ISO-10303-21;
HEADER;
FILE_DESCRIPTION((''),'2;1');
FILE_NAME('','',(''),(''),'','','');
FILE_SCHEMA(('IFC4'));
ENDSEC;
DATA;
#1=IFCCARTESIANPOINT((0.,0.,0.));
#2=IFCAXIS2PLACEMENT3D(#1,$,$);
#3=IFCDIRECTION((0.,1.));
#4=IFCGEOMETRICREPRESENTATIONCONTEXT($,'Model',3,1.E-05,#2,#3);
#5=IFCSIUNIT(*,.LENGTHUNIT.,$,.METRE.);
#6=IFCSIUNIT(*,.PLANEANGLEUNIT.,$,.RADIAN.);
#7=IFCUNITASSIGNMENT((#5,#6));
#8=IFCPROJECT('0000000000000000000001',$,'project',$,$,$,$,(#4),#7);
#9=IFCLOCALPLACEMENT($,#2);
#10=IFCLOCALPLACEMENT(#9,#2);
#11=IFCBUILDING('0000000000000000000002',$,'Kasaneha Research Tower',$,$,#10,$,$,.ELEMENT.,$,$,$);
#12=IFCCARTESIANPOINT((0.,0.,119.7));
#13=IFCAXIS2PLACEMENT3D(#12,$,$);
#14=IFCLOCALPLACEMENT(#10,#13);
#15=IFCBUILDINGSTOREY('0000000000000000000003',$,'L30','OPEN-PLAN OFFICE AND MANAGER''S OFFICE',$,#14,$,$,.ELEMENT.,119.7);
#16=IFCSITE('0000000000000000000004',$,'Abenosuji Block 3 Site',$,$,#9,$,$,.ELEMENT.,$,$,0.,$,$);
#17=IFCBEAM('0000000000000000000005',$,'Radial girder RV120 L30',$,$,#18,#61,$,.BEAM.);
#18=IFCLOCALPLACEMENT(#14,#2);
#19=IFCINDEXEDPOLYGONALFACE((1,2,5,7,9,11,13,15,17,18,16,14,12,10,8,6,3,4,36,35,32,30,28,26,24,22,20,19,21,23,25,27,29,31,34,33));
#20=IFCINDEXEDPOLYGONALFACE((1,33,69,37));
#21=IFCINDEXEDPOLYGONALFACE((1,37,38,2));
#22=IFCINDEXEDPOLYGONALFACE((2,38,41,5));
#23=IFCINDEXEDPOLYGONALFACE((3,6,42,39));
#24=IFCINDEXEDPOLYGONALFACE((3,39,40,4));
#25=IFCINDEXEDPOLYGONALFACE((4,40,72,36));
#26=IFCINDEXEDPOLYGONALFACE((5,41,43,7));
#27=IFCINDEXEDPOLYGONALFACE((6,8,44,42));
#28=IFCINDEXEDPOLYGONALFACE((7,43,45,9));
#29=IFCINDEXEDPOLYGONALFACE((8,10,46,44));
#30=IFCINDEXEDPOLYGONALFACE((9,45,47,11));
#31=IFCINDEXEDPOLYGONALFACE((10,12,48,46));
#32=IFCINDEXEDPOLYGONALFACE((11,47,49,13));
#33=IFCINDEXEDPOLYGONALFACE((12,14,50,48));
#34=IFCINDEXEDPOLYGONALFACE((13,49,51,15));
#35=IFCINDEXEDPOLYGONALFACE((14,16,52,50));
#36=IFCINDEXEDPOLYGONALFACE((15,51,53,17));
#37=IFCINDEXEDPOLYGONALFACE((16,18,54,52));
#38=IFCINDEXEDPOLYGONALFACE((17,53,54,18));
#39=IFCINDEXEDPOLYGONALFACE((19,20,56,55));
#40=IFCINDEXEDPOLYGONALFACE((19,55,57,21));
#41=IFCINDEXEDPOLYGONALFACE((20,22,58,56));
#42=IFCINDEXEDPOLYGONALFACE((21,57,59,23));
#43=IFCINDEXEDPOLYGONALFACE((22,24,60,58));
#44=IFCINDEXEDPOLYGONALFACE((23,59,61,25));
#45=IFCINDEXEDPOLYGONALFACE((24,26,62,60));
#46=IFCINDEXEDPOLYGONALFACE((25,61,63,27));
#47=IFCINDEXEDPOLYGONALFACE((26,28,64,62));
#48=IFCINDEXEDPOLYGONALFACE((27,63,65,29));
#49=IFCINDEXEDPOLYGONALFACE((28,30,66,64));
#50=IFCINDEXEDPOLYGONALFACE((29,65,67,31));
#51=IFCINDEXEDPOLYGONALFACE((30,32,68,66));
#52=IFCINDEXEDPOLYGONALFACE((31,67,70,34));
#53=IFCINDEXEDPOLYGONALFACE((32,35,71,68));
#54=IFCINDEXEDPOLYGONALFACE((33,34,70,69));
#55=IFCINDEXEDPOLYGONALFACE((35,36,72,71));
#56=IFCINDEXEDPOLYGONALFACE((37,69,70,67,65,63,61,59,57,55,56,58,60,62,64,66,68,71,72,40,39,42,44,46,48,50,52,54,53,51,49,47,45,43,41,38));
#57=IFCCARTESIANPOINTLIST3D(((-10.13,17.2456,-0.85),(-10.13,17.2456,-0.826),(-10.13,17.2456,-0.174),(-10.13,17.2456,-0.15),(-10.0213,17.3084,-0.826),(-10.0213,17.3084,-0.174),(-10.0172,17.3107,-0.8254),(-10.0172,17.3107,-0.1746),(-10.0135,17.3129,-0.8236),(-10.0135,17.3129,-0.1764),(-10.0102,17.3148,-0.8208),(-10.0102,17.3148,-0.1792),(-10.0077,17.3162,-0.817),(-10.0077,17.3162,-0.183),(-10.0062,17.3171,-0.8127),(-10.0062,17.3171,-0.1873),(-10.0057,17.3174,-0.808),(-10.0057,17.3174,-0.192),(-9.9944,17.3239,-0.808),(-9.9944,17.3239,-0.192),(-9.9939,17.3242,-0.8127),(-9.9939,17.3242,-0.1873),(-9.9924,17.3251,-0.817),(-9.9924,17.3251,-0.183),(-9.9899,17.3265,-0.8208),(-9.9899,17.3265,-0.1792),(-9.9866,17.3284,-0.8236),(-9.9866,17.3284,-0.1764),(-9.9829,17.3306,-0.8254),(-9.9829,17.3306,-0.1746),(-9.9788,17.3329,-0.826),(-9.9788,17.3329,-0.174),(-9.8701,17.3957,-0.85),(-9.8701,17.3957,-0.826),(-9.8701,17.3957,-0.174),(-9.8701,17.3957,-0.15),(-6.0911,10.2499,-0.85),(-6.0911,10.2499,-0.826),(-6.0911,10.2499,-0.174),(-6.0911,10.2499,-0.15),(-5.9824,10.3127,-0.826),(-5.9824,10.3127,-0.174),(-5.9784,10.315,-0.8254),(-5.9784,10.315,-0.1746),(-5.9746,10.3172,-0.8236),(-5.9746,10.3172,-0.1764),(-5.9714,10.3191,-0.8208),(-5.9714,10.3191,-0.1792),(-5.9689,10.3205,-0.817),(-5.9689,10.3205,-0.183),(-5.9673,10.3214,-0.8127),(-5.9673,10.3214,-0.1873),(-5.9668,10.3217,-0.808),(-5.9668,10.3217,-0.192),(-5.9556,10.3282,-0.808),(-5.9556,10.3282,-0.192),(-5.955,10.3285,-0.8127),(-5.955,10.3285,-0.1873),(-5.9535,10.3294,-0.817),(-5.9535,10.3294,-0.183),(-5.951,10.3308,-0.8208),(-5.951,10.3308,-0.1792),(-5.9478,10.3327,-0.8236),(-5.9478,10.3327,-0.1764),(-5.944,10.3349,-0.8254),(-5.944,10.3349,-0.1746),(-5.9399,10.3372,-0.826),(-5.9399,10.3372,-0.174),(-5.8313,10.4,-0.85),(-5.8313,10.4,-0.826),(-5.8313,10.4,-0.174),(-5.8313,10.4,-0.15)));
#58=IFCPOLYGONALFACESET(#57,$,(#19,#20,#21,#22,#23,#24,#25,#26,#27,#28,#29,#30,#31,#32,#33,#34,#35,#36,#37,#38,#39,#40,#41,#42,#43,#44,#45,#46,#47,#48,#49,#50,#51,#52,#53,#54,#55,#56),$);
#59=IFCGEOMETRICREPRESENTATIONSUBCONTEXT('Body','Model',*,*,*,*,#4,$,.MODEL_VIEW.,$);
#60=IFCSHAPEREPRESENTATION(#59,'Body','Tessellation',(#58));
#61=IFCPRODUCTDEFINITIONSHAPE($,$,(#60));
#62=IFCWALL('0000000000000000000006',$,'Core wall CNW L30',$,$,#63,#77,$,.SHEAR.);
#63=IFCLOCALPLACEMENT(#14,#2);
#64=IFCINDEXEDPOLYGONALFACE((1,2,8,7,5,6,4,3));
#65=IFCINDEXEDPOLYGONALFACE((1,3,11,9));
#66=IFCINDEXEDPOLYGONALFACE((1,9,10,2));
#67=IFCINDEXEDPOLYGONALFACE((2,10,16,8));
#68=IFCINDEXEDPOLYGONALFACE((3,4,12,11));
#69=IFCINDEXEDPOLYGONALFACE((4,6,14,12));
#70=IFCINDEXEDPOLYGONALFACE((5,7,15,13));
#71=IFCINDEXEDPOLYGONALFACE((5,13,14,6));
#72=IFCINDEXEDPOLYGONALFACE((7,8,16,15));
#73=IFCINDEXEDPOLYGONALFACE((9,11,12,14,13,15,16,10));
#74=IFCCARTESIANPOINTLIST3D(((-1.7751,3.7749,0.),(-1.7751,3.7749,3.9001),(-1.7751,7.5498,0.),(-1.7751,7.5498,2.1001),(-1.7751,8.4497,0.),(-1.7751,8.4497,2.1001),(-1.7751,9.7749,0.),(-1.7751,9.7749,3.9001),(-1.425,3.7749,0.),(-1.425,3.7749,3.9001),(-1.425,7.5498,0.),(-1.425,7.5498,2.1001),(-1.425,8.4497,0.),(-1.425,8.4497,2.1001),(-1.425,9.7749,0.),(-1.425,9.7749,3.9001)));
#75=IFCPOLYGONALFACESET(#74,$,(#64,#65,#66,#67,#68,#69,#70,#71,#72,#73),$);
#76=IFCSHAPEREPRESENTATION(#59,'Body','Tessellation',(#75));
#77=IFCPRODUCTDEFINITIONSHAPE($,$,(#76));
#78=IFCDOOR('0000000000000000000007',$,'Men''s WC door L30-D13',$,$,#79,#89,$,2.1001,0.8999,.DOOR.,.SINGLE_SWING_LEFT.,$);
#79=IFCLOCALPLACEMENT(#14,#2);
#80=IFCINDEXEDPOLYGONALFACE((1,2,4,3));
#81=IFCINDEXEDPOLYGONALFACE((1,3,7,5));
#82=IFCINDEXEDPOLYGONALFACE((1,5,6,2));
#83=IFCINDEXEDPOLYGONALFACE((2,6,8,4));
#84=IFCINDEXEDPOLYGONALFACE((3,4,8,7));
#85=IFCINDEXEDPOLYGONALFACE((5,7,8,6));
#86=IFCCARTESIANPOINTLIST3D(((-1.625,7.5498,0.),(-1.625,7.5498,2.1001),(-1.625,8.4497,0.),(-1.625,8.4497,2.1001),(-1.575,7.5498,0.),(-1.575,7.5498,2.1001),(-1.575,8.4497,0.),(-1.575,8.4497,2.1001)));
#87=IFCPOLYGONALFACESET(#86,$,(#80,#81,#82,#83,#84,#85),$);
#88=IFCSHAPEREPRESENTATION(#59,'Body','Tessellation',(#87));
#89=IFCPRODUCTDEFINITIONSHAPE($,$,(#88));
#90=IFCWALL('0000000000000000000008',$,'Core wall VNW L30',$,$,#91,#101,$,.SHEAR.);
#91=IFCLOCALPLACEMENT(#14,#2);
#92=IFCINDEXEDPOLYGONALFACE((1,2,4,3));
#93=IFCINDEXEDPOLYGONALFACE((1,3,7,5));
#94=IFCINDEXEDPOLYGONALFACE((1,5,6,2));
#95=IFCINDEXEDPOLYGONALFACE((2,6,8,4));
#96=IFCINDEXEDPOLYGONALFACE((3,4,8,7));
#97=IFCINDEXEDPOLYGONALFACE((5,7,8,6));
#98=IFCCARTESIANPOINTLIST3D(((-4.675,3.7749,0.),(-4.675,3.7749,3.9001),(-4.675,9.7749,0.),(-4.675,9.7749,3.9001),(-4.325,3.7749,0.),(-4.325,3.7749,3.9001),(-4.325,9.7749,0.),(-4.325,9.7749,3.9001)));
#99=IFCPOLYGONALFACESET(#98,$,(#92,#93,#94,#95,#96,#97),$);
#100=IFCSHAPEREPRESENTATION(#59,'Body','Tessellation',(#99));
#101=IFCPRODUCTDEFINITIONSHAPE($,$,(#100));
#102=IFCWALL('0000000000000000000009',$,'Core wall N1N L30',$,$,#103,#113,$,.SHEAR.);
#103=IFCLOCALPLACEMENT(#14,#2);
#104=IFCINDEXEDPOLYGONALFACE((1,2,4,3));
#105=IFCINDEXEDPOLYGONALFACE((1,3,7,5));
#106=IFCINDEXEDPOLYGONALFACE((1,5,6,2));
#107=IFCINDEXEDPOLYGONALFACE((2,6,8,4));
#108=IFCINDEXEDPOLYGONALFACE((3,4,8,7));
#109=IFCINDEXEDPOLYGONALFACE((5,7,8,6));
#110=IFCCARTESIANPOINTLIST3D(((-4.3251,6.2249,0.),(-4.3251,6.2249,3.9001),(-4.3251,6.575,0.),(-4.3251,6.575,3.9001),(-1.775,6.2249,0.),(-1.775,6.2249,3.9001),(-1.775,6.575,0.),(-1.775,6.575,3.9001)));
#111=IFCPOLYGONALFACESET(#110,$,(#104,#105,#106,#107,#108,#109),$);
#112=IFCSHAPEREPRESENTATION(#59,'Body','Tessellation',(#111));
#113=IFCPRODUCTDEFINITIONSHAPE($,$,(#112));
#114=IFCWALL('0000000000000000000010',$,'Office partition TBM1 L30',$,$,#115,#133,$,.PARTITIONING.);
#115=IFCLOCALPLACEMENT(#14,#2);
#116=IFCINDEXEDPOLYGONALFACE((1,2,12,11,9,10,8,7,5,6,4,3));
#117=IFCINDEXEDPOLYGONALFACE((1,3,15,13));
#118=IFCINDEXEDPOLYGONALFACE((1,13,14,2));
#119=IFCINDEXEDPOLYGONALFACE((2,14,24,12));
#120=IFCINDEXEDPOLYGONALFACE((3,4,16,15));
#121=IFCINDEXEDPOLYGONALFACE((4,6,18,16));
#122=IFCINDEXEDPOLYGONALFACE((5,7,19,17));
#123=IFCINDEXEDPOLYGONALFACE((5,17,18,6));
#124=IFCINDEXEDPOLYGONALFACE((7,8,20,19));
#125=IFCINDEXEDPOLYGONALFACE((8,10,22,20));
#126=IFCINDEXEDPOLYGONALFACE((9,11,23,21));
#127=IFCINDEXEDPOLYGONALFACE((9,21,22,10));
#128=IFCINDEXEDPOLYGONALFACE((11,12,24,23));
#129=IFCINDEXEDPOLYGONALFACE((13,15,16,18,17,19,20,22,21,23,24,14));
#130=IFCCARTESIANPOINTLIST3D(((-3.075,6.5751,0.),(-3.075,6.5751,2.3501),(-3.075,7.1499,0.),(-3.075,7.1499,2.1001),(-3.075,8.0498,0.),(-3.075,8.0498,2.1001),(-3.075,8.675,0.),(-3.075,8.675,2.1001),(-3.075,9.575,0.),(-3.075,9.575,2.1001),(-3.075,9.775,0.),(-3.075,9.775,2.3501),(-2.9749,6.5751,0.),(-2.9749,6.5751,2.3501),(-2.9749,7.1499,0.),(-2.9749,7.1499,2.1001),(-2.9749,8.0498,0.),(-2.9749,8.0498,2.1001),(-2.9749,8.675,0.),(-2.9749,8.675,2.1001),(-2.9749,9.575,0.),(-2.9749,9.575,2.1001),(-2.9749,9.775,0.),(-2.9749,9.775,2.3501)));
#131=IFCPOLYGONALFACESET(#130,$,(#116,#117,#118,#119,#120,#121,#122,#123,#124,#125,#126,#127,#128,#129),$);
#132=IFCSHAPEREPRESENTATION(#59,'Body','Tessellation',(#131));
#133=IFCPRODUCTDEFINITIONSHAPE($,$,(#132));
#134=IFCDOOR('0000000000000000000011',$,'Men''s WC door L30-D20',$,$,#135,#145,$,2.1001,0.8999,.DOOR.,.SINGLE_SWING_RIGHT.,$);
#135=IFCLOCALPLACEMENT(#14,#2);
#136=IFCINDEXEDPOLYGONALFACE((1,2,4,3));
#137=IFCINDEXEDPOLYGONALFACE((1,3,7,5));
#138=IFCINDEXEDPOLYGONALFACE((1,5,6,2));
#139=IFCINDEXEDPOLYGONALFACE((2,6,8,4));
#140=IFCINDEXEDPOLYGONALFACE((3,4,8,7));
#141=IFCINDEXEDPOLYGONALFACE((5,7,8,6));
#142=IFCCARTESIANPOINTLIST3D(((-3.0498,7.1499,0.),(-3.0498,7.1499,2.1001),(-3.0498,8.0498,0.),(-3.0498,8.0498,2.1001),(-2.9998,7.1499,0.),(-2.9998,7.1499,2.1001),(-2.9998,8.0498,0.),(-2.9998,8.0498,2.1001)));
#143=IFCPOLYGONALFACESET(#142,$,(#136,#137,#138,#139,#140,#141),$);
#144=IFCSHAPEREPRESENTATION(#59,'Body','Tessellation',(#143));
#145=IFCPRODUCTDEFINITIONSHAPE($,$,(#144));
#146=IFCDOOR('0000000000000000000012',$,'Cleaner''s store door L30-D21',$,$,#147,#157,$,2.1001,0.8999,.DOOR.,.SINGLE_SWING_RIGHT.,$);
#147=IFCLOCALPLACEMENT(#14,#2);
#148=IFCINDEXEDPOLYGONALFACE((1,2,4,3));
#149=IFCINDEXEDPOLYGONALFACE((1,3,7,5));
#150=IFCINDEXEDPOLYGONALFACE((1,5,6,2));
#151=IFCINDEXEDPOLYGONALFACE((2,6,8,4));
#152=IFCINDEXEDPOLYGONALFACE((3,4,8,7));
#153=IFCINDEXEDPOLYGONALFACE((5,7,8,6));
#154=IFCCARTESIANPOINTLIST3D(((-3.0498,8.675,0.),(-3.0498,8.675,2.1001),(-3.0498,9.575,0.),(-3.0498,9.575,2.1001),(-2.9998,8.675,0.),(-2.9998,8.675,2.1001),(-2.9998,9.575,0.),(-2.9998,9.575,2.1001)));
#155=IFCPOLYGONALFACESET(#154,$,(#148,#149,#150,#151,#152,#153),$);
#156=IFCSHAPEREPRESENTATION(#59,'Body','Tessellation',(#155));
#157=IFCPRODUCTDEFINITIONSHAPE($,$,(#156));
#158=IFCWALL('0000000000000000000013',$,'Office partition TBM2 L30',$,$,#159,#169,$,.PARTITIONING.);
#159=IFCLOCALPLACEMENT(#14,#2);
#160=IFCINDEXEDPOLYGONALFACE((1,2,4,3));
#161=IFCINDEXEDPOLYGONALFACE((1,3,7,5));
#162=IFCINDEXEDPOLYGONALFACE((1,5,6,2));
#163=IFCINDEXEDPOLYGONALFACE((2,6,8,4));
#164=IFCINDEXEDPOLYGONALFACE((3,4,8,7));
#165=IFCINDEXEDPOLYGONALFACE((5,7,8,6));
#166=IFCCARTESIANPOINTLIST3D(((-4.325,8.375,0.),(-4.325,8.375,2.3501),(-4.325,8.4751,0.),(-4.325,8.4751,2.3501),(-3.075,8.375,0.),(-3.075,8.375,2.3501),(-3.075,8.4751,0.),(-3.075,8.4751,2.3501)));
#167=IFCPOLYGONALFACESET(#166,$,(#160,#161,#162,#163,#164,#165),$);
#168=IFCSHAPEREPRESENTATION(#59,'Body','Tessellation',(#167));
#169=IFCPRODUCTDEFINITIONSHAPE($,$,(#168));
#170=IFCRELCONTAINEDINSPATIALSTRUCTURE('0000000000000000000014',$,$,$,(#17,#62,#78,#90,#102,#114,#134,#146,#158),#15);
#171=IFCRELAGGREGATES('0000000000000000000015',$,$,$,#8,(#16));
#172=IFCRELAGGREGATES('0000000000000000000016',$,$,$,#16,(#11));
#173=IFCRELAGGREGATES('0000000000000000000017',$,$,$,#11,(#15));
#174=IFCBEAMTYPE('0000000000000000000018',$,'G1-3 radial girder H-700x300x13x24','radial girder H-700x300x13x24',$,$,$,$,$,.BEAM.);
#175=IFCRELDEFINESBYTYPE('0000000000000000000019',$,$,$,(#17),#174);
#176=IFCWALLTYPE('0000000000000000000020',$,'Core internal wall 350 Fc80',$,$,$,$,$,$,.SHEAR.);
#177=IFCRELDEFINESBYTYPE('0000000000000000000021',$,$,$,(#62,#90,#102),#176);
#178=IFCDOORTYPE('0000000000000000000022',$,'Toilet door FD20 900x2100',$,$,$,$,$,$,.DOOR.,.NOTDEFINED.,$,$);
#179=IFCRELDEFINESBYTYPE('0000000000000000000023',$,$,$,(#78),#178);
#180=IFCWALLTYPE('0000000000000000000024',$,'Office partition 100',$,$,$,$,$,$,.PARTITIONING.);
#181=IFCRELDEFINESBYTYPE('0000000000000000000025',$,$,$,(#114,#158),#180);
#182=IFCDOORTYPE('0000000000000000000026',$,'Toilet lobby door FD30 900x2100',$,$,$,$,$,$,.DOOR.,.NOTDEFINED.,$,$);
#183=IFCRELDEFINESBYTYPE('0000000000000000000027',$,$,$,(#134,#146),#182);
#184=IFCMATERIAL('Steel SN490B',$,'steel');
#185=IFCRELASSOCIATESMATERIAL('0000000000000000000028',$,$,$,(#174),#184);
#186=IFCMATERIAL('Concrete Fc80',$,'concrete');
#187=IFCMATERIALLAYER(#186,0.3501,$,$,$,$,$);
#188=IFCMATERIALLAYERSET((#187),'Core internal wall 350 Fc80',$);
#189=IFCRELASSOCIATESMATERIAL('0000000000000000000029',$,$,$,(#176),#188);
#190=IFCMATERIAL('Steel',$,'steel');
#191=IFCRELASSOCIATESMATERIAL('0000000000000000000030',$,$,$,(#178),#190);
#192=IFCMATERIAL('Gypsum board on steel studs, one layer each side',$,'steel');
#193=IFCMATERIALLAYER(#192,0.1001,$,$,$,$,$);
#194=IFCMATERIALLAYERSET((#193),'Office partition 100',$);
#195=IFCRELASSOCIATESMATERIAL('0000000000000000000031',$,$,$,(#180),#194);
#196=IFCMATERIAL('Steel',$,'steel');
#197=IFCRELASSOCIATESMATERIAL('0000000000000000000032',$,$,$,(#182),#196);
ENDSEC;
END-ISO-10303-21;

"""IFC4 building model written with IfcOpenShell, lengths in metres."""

from ifc_helpers import new_model, si_unit, direction, frame, frame_2d, origin, origin_2d, place, context, subcontext, project, spatial, rectangle, i_section, extrude, material, layer, layer_set, material_profile, profile_set, type_object, element, fill, save


model = new_model("IFC4")

# Units and contexts
model_context = context("Model", 3, precision=1e-05, world=origin(), true_north=direction((0.0, 1.0)))
body_context = subcontext(model_context, "Body", "Model", "MODEL_VIEW")
ifc_project = project(units=[si_unit("LENGTHUNIT", "METRE"), si_unit("PLANEANGLEUNIT", "RADIAN")], contexts=[model_context])

# Site, building, storey
site_placement = place(None, origin())
site = spatial("IfcSite", under=ifc_project, at=site_placement, Name="Abenosuji Block 3 Site", CompositionType="ELEMENT", RefElevation=0.0)
building_placement = place(site_placement, origin())
building = spatial("IfcBuilding", under=site, at=building_placement, Name="Kasaneha Research Tower", CompositionType="ELEMENT")
storey_placement = place(building_placement, frame((0.0, 0.0, 119.7)))
storey = spatial("IfcBuildingStorey", under=building, at=storey_placement, Name="L30", Description="OPEN-PLAN OFFICE AND MANAGER'S OFFICE", CompositionType="ELEMENT", Elevation=119.7)

# Beam
ifc_material_1 = material(Name="Steel SN490B", Category="steel")
ifc_material_profile = material_profile(ifc_material_1, i_section(OverallWidth=0.3, OverallDepth=0.7, WebThickness=0.0129, FlangeThickness=0.0239, FilletRadius=0.0181, at=origin_2d()), Name="H-700x300x13x24")
ifc_profile_set = profile_set([ifc_material_profile], Name="Steel SN490B")
beam_type = type_object("IfcBeamType", Name="G1-3 radial girder H-700x300x13x24", Description="radial girder H-700x300x13x24", PredefinedType="BEAM", material=ifc_profile_set)
beam_placement = place(storey_placement, frame((-5.9612, 10.325, -0.5), z_axis=(-0.499991, 0.866031, 0.0), x_axis=(-0.866031, -0.499991, 0.0)))
element("IfcBeam", 1, at=beam_placement, inside=storey, type_object=beam_type, Name="Radial girder RV120 L30", PredefinedType="BEAM", context=body_context, shape_type="SweptSolid", body=[
    extrude(i_section(OverallWidth=0.3, OverallDepth=0.7, WebThickness=0.0129, FlangeThickness=0.0239, FilletRadius=0.0181, at=origin_2d()), origin(), (0.0, 0.0, 1.0), 8.0779),
])

# Wall, opening, door
ifc_material_2 = material(Name="Concrete Fc80", Category="concrete")
ifc_layer_1 = layer(ifc_material_2, 0.3501)
ifc_layer_set_1 = layer_set([ifc_layer_1], Name="Core internal wall 350 Fc80")
wall_type_1 = type_object("IfcWallType", Name="Core internal wall 350 Fc80", PredefinedType="SHEAR", material=ifc_layer_set_1)
wall_1_placement = place(storey_placement, frame((-1.6001, 3.7749, 0.0), z_axis=(0.0, 0.0, 1.0), x_axis=(0.0, 1.0, 0.0)))
wall_1 = element("IfcWall", 2, at=wall_1_placement, inside=storey, type_object=wall_type_1, Name="Core wall CNW L30", PredefinedType="SHEAR", context=body_context, shape_type="SweptSolid", body=[
    extrude(rectangle(XDim=6.0, YDim=0.3501, at=frame_2d((3.0, 0.0))), origin(), (0.0, 0.0, 1.0), 3.9001),
])
opening_1_placement = place(wall_1_placement, frame((3.7749, 0.0, 0.0)))
opening_1 = element("IfcOpeningElement", 3, at=opening_1_placement, cuts=wall_1, PredefinedType="OPENING", context=body_context, shape_type="SweptSolid", body=[
    extrude(rectangle(XDim=0.8999, YDim=2.1001, at=frame_2d((0.45, 1.05))), frame((0.0, 0.1851, 0.0), z_axis=(0.0, -1.0, 0.0), x_axis=(1.0, 0.0, 0.0)), (0.0, 0.0, 1.0), 0.3701),
])
ifc_material_3 = material(Name="Steel", Category="steel")
door_type_1 = type_object("IfcDoorType", Name="Toilet door FD20 900x2100", OperationType="NOTDEFINED", PredefinedType="DOOR", material=ifc_material_3)
door_1_placement = place(opening_1_placement, origin())
door_1 = element("IfcDoor", 4, at=door_1_placement, inside=storey, type_object=door_type_1, Name="Men's WC door L30-D13", OperationType="SINGLE_SWING_LEFT", OverallHeight=2.1001, OverallWidth=0.8999, PredefinedType="DOOR", context=body_context, shape_type="SweptSolid", body=[
    extrude(rectangle(XDim=0.8999, YDim=2.1001, at=frame_2d((0.45, 1.05))), frame((0.0, 0.0249, 0.0), z_axis=(0.0, -1.0, 0.0), x_axis=(1.0, 0.0, 0.0)), (0.0, 0.0, 1.0), 0.05),
])
fill(opening_1, door_1)

# Walls
wall_2_placement = place(storey_placement, frame((-4.5, 3.7749, 0.0), z_axis=(0.0, 0.0, 1.0), x_axis=(0.0, 1.0, 0.0)))
element("IfcWall", 5, at=wall_2_placement, inside=storey, type_object=wall_type_1, Name="Core wall VNW L30", PredefinedType="SHEAR", context=body_context, shape_type="SweptSolid", body=[
    extrude(rectangle(XDim=6.0, YDim=0.3501, at=frame_2d((3.0, 0.0))), origin(), (0.0, 0.0, 1.0), 3.9001),
])
wall_3_placement = place(storey_placement, frame((-4.325, 6.3999, 0.0), z_axis=(0.0, 0.0, 1.0), x_axis=(1.0, 0.0, 0.0)))
element("IfcWall", 6, at=wall_3_placement, inside=storey, type_object=wall_type_1, Name="Core wall N1N L30", PredefinedType="SHEAR", context=body_context, shape_type="SweptSolid", body=[
    extrude(rectangle(XDim=2.55, YDim=0.3501, at=frame_2d((1.2749, 0.0))), origin(), (0.0, 0.0, 1.0), 3.9001),
])

# Wall, openings, doors
ifc_material_4 = material(Name="Gypsum board on steel studs, one layer each side", Category="steel")
ifc_layer_2 = layer(ifc_material_4, 0.1001)
ifc_layer_set_2 = layer_set([ifc_layer_2], Name="Office partition 100")
wall_type_2 = type_object("IfcWallType", Name="Office partition 100", PredefinedType="PARTITIONING", material=ifc_layer_set_2)
wall_4_placement = place(storey_placement, frame((-3.0249, 6.575, 0.0), z_axis=(0.0, 0.0, 1.0), x_axis=(0.0, 1.0, 0.0)))
wall_4 = element("IfcWall", 7, at=wall_4_placement, inside=storey, type_object=wall_type_2, Name="Office partition TBM1 L30", PredefinedType="PARTITIONING", context=body_context, shape_type="SweptSolid", body=[
    extrude(rectangle(XDim=3.2, YDim=0.1001, at=frame_2d((1.6001, 0.0))), origin(), (0.0, 0.0, 1.0), 2.3501),
])
opening_2_placement = place(wall_4_placement, frame((0.575, 0.0, 0.0)))
opening_2 = element("IfcOpeningElement", 8, at=opening_2_placement, cuts=wall_4, PredefinedType="OPENING", context=body_context, shape_type="SweptSolid", body=[
    extrude(rectangle(XDim=0.8999, YDim=2.1001, at=frame_2d((0.45, 1.05))), frame((0.0, 0.0601, 0.0), z_axis=(0.0, -1.0, 0.0), x_axis=(1.0, 0.0, 0.0)), (0.0, 0.0, 1.0), 0.1201),
])
opening_3_placement = place(wall_4_placement, frame((2.1001, 0.0, 0.0)))
opening_3 = element("IfcOpeningElement", 9, at=opening_3_placement, cuts=wall_4, PredefinedType="OPENING", context=body_context, shape_type="SweptSolid", body=[
    extrude(rectangle(XDim=0.8999, YDim=2.1001, at=frame_2d((0.45, 1.05))), frame((0.0, 0.0601, 0.0), z_axis=(0.0, -1.0, 0.0), x_axis=(1.0, 0.0, 0.0)), (0.0, 0.0, 1.0), 0.1201),
])
ifc_material_5 = material(Name="Steel", Category="steel")
door_type_2 = type_object("IfcDoorType", Name="Toilet lobby door FD30 900x2100", OperationType="NOTDEFINED", PredefinedType="DOOR", material=ifc_material_5)
door_2_placement = place(opening_2_placement, origin())
door_2 = element("IfcDoor", 10, at=door_2_placement, inside=storey, type_object=door_type_2, Name="Men's WC door L30-D20", OperationType="SINGLE_SWING_RIGHT", OverallHeight=2.1001, OverallWidth=0.8999, PredefinedType="DOOR", context=body_context, shape_type="SweptSolid", body=[
    extrude(rectangle(XDim=0.8999, YDim=2.1001, at=frame_2d((0.45, 1.05))), frame((0.0, 0.0249, 0.0), z_axis=(0.0, -1.0, 0.0), x_axis=(1.0, 0.0, 0.0)), (0.0, 0.0, 1.0), 0.05),
])
fill(opening_2, door_2)
door_3_placement = place(opening_3_placement, origin())
door_3 = element("IfcDoor", 11, at=door_3_placement, inside=storey, type_object=door_type_2, Name="Cleaner's store door L30-D21", OperationType="SINGLE_SWING_RIGHT", OverallHeight=2.1001, OverallWidth=0.8999, PredefinedType="DOOR", context=body_context, shape_type="SweptSolid", body=[
    extrude(rectangle(XDim=0.8999, YDim=2.1001, at=frame_2d((0.45, 1.05))), frame((0.0, 0.0249, 0.0), z_axis=(0.0, -1.0, 0.0), x_axis=(1.0, 0.0, 0.0)), (0.0, 0.0, 1.0), 0.05),
])
fill(opening_3, door_3)

# Wall
wall_5_placement = place(storey_placement, frame((-3.075, 8.425, 0.0), z_axis=(0.0, 0.0, 1.0), x_axis=(-1.0, 0.0, 0.0)))
element("IfcWall", 12, at=wall_5_placement, inside=storey, type_object=wall_type_2, Name="Office partition TBM2 L30", PredefinedType="PARTITIONING", context=body_context, shape_type="SweptSolid", body=[
    extrude(rectangle(XDim=1.25, YDim=0.1001, at=frame_2d((0.625, 0.0))), origin(), (0.0, 0.0, 1.0), 2.3501),
])

save(model, "model.ifc")
